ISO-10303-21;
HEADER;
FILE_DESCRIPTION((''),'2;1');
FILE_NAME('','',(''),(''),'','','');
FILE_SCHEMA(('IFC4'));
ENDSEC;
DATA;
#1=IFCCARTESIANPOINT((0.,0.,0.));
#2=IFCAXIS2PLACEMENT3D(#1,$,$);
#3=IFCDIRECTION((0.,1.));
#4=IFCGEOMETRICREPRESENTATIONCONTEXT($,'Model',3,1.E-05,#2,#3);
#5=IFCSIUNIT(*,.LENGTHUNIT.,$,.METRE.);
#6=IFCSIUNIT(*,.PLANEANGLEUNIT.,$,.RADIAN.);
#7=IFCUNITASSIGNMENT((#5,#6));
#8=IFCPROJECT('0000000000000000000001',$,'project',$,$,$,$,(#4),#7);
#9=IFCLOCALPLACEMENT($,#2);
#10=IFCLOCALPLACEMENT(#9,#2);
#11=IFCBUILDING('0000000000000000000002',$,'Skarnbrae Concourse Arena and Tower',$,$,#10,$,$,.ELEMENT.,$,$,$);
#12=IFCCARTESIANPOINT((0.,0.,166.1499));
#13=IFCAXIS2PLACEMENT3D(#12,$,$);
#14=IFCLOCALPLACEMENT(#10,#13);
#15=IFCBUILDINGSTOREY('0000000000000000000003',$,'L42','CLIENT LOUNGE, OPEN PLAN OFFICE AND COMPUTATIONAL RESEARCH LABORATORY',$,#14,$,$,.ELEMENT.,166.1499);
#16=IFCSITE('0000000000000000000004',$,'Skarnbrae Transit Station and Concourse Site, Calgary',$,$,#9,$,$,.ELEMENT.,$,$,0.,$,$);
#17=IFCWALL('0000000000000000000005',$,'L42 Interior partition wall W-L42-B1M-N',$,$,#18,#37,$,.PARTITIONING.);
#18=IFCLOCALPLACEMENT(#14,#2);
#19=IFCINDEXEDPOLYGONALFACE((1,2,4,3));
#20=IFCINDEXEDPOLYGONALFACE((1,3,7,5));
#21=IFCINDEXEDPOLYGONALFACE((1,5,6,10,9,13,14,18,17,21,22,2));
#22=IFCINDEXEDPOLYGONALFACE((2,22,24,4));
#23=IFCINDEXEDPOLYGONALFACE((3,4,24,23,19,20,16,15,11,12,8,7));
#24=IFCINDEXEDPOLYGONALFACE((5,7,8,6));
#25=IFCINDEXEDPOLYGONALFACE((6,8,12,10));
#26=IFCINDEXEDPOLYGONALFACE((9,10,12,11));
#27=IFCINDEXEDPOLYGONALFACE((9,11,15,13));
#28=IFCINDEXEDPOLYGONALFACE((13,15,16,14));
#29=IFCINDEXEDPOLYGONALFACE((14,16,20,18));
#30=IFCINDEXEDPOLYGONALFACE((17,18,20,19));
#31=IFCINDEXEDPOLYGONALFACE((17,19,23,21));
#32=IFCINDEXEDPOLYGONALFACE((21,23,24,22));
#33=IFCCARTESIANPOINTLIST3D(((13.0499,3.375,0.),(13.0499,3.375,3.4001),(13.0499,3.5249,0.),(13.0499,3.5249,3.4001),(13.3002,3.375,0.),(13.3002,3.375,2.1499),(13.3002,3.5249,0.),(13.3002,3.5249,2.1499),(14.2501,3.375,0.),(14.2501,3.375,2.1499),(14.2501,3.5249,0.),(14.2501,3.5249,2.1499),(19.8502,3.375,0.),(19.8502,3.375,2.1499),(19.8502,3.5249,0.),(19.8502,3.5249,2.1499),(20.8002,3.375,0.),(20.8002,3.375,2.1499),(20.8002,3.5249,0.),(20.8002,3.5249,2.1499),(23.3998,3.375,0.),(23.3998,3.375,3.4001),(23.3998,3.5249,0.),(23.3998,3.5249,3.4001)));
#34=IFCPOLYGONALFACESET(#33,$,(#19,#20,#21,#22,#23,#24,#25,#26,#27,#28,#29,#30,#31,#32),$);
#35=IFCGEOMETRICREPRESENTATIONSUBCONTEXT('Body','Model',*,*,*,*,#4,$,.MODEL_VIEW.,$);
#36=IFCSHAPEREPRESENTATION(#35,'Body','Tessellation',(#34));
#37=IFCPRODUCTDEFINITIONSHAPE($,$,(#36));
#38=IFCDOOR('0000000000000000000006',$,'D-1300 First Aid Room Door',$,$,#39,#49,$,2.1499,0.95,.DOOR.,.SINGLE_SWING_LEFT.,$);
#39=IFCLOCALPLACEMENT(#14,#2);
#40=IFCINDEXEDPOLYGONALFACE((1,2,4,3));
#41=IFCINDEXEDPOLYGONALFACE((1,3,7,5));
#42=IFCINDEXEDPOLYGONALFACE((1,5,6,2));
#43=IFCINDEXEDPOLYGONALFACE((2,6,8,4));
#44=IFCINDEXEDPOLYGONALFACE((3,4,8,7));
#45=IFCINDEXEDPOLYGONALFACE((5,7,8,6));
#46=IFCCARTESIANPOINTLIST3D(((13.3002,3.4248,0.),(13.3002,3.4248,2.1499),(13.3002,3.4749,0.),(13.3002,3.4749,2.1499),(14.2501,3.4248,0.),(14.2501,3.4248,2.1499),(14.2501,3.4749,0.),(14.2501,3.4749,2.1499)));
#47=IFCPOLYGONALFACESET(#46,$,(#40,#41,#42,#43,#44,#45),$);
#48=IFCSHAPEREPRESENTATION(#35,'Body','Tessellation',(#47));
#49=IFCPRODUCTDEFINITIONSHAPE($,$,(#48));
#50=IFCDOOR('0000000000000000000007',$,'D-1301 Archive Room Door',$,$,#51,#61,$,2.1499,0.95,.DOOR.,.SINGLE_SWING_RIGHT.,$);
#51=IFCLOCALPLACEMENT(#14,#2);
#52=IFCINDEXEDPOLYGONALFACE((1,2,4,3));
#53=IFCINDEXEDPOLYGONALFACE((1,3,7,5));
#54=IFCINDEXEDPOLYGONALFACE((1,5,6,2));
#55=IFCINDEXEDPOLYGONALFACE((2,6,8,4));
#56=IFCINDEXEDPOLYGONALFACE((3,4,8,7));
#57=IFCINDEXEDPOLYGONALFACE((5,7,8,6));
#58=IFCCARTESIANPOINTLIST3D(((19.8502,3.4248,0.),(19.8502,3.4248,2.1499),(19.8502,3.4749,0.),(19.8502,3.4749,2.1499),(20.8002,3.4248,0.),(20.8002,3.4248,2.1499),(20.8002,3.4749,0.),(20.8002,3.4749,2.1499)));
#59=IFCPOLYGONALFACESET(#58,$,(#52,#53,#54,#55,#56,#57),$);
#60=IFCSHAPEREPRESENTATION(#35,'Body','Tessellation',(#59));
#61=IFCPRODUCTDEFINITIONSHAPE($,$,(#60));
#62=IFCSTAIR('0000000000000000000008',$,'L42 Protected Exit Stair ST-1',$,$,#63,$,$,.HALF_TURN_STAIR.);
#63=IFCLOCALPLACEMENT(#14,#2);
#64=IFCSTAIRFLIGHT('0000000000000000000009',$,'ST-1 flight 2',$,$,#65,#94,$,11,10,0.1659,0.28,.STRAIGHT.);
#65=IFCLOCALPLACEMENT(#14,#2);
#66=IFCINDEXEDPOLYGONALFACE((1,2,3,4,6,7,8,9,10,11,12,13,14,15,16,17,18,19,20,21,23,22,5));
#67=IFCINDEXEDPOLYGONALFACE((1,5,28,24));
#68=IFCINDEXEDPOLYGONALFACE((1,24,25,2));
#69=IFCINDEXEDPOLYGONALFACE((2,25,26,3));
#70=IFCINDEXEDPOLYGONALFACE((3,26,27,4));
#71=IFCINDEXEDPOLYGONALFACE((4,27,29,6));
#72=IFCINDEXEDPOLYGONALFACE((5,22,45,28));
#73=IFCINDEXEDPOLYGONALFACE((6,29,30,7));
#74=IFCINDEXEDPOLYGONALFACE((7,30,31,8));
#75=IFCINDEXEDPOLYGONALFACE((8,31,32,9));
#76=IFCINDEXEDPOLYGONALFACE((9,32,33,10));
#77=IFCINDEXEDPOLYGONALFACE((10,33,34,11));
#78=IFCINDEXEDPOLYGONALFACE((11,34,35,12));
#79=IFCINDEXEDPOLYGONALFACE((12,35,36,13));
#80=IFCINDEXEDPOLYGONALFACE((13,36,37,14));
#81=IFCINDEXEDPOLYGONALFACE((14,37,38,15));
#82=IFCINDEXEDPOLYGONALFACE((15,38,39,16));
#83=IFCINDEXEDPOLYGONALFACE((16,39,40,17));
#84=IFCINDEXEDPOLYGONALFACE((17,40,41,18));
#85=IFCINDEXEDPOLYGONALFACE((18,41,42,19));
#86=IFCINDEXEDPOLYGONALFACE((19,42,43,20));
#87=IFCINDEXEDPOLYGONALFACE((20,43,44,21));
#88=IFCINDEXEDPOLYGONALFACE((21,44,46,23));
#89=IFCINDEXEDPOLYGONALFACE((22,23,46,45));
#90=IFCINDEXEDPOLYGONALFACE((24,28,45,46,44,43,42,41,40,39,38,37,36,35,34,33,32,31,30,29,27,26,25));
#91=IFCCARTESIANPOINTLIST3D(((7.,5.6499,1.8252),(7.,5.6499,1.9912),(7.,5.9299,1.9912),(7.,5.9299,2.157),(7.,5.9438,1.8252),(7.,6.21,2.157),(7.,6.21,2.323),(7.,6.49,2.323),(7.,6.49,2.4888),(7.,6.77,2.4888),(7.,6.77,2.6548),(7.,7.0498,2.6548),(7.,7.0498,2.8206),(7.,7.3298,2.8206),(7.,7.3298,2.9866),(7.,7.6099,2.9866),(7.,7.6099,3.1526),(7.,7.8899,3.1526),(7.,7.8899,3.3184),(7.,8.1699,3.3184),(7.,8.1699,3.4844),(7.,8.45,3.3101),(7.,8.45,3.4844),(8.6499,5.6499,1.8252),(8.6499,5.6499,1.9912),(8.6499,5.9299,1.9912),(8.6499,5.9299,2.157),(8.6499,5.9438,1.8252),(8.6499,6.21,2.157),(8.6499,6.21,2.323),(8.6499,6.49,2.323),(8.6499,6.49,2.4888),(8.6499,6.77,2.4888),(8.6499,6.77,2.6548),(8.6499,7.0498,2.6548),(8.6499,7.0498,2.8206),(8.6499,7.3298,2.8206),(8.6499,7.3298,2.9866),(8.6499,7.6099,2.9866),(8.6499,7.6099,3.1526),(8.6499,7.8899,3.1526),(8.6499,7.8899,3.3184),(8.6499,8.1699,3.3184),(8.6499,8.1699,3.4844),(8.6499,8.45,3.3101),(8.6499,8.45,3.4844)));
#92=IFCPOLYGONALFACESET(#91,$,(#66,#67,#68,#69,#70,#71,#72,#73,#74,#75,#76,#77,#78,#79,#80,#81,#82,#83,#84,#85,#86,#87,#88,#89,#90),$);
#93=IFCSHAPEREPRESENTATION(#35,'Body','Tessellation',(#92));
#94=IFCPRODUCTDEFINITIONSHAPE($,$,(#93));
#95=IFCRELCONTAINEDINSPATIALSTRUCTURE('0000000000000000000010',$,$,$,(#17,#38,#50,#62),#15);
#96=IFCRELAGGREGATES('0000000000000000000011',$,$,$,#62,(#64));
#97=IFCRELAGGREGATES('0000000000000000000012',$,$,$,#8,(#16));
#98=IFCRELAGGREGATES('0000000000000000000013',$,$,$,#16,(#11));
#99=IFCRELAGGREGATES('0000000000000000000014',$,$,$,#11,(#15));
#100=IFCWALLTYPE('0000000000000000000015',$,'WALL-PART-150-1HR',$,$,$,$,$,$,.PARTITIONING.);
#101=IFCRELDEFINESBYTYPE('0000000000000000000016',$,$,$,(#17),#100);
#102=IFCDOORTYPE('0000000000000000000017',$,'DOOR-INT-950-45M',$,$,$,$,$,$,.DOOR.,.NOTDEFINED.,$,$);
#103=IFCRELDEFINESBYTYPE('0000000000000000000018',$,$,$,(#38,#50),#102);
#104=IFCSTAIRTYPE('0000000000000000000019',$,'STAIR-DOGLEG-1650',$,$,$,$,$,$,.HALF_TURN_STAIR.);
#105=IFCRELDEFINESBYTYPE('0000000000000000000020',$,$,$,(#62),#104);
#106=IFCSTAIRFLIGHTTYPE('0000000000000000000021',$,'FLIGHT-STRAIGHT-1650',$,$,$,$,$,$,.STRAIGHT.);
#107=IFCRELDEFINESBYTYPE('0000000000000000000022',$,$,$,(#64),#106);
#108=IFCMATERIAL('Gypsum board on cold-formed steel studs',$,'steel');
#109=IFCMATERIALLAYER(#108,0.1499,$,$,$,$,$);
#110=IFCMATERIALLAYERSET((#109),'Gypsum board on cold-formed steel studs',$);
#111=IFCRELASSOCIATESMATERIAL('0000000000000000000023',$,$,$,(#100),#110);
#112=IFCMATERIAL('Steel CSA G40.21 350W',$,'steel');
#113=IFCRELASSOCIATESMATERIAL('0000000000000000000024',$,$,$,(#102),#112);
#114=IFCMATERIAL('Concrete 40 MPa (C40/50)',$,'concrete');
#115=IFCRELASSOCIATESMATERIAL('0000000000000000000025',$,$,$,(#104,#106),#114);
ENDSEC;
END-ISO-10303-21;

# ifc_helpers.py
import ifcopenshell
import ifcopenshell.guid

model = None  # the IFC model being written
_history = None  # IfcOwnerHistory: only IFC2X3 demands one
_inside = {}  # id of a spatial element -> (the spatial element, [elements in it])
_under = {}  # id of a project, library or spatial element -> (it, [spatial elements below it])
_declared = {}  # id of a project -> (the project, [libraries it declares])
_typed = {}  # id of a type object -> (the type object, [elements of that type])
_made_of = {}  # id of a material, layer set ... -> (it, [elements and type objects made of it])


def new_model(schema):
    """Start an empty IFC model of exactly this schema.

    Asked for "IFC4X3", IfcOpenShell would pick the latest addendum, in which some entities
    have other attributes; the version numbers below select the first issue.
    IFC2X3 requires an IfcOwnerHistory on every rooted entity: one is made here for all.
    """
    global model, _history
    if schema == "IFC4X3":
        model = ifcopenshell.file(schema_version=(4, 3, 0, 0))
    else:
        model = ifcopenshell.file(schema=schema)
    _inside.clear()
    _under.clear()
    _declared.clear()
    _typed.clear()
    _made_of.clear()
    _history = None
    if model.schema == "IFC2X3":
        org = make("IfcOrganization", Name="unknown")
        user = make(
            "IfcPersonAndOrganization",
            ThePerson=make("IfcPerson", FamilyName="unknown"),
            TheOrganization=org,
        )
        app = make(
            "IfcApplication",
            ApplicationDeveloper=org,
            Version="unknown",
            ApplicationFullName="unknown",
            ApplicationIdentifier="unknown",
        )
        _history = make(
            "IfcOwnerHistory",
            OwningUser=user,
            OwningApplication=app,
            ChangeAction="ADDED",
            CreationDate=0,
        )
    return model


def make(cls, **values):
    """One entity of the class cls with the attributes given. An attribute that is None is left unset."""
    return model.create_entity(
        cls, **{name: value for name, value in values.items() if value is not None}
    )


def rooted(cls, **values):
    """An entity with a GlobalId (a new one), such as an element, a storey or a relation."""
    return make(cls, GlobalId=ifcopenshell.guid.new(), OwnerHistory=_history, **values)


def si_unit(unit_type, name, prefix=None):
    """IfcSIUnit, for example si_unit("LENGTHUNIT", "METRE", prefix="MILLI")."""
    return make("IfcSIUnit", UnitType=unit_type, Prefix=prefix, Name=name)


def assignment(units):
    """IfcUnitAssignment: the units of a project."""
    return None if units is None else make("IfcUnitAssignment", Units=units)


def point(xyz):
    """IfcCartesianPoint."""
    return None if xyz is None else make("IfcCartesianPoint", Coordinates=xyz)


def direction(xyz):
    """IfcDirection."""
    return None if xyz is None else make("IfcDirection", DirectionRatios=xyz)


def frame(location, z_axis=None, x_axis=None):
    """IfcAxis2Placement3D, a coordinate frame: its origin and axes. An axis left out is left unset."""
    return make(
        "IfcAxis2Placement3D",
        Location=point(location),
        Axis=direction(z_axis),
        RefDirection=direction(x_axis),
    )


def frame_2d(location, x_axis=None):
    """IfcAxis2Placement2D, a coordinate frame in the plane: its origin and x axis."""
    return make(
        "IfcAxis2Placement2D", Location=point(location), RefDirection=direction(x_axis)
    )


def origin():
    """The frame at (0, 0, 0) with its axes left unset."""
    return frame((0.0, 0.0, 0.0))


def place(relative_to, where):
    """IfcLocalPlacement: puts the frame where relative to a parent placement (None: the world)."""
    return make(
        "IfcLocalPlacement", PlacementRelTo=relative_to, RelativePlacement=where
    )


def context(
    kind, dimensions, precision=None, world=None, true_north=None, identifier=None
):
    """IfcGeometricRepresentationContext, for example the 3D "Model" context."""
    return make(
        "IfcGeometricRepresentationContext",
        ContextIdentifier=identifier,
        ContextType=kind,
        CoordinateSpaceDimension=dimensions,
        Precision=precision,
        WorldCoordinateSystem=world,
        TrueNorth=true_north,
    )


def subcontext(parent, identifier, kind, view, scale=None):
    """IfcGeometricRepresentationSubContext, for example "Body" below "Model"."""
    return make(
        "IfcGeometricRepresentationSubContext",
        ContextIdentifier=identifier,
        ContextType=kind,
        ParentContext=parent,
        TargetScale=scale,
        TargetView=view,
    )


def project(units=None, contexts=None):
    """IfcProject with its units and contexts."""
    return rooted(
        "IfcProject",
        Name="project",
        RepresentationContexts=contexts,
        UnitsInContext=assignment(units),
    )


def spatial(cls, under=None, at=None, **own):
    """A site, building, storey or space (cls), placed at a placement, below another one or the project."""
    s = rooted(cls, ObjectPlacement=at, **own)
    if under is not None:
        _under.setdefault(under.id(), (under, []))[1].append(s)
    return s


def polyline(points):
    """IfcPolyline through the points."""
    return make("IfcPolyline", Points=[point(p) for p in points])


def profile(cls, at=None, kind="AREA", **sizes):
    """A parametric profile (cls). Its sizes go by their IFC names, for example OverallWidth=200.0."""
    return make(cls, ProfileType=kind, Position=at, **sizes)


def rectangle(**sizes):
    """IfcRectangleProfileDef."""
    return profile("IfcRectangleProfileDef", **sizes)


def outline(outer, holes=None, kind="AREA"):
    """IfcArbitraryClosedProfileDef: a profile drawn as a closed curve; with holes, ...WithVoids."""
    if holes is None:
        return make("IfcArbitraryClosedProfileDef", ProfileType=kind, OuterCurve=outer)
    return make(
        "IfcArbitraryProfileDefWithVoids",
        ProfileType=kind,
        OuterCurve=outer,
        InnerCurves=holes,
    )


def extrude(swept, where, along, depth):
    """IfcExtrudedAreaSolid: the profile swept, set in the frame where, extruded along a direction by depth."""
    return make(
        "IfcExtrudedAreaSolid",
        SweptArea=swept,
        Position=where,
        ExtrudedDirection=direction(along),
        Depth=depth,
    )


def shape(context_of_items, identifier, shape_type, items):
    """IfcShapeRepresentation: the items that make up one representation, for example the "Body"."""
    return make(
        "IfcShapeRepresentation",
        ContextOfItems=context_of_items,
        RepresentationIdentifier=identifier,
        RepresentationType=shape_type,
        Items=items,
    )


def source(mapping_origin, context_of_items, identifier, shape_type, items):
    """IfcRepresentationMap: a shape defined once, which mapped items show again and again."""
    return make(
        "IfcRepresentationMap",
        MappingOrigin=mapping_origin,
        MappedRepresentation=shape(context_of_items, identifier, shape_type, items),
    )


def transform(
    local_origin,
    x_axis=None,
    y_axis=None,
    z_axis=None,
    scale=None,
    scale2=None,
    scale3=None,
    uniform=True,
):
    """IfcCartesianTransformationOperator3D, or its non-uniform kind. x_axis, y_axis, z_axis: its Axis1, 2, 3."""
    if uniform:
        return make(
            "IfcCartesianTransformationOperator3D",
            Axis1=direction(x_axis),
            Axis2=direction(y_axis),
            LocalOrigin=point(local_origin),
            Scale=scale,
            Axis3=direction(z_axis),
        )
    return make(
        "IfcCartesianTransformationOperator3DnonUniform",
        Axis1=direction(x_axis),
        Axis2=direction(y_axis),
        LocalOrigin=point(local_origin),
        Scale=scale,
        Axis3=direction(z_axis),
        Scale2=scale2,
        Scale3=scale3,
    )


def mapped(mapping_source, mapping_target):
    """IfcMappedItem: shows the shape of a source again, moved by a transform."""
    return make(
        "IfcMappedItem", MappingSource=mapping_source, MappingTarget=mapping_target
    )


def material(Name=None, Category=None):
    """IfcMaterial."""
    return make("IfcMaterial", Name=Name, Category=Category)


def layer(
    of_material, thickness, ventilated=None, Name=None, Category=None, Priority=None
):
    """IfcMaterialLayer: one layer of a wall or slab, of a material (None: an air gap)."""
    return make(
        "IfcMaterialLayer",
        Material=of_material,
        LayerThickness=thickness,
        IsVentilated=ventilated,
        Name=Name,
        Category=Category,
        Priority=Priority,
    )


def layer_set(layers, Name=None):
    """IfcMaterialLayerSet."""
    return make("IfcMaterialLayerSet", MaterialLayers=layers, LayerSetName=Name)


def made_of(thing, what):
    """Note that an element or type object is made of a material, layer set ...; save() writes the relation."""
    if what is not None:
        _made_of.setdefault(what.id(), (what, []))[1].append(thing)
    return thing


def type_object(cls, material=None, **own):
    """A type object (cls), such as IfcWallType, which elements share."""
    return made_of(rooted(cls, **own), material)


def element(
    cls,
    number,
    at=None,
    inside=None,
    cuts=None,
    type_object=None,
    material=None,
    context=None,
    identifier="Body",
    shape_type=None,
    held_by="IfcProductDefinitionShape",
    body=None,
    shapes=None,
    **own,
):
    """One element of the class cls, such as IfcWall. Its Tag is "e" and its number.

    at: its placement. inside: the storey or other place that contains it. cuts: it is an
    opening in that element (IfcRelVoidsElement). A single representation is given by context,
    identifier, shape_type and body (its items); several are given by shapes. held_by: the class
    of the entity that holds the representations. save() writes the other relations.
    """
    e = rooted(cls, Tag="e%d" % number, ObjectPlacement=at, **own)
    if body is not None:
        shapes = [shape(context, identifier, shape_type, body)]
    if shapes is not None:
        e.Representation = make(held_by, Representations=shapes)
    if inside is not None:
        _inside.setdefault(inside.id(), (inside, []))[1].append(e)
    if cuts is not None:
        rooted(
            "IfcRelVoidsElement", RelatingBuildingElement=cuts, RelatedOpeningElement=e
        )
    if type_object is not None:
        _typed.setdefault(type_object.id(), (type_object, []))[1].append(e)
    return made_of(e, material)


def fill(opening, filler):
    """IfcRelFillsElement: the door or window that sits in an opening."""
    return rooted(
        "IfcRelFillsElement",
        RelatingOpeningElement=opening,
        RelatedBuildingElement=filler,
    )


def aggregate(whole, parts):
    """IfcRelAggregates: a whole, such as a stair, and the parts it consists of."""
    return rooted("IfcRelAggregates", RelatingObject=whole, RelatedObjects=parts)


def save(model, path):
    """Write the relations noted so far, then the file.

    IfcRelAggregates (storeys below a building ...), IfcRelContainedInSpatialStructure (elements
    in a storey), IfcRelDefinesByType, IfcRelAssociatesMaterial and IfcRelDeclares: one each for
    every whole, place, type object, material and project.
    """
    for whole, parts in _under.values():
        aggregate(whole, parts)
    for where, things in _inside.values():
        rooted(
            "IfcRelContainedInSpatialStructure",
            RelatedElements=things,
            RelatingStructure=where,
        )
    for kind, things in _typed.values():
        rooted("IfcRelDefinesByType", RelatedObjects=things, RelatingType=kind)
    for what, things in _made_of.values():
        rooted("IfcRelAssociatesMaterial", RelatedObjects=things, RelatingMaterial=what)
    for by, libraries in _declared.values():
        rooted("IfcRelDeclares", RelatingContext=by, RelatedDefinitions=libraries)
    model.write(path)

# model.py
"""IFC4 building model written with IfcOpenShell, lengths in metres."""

from ifc_helpers import new_model, si_unit, direction, frame, frame_2d, origin, place, context, subcontext, project, spatial, polyline, rectangle, outline, extrude, source, transform, mapped, material, layer, layer_set, type_object, element, fill, aggregate, save


model = new_model("IFC4")

# Units and contexts
model_context = context("Model", 3, precision=1e-05, world=origin(), true_north=direction((0.0, 1.0)))
body_context = subcontext(model_context, "Body", "Model", "MODEL_VIEW")
ifc_project = project(units=[si_unit("LENGTHUNIT", "METRE"), si_unit("PLANEANGLEUNIT", "RADIAN")], contexts=[model_context])

# Site, building, storey
site_placement = place(None, origin())
site = spatial("IfcSite", under=ifc_project, at=site_placement, Name="Skarnbrae Transit Station and Concourse Site, Calgary", CompositionType="ELEMENT", RefElevation=0.0)
building_placement = place(site_placement, origin())
building = spatial("IfcBuilding", under=site, at=building_placement, Name="Skarnbrae Concourse Arena and Tower", CompositionType="ELEMENT")
storey_placement = place(building_placement, frame((0.0, 0.0, 166.1499)))
storey = spatial("IfcBuildingStorey", under=building, at=storey_placement, Name="L42", Description="CLIENT LOUNGE, OPEN PLAN OFFICE AND COMPUTATIONAL RESEARCH LABORATORY", CompositionType="ELEMENT", Elevation=166.1499)

# Shared definitions
ifc_material_1 = material(Name="Gypsum board on cold-formed steel studs", Category="steel")
ifc_material_2 = material(Name="Steel CSA G40.21 350W", Category="steel")

# Shared definitions
ifc_layer_1 = layer(ifc_material_1, 0.1499)
ifc_layer_set_1 = layer_set([ifc_layer_1], Name="Gypsum board on cold-formed steel studs")
wall_type_1 = type_object("IfcWallType", Name="WALL-PART-150-1HR", PredefinedType="PARTITIONING", material=ifc_layer_set_1)

# Wall, openings, doors
shared_shape_1 = source(origin(), body_context, "Body", "SweptSolid", [
    extrude(rectangle(XDim=10.3499, YDim=0.1499, at=frame_2d((5.1748, 0.0))), origin(), (0.0, 0.0, 1.0), 3.4001),
])
wall_1_placement = place(storey_placement, frame((13.05, 3.45, 0.0), z_axis=(0.0, 0.0, 1.0), x_axis=(1.0, 0.0, 0.0)))
wall_1 = element("IfcWall", 1, at=wall_1_placement, inside=storey, type_object=wall_type_1, Name="L42 Interior partition wall W-L42-B1M-N", PredefinedType="PARTITIONING", context=body_context, shape_type="MappedRepresentation", body=[
    mapped(shared_shape_1, transform((0.0, 0.0, 0.0))),
])
opening_1_placement = place(wall_1_placement, frame((0.25, 0.0, 0.0)))
opening_1 = element("IfcOpeningElement", 2, at=opening_1_placement, cuts=wall_1, PredefinedType="OPENING", context=body_context, shape_type="SweptSolid", body=[
    extrude(rectangle(XDim=0.95, YDim=2.1499, at=frame_2d((0.4751, 1.075))), frame((0.0, 0.085, 0.0), z_axis=(0.0, -1.0, 0.0), x_axis=(1.0, 0.0, 0.0)), (0.0, 0.0, 1.0), 0.1699),
])
opening_2_placement = place(wall_1_placement, frame((6.8, 0.0, 0.0)))
opening_2 = element("IfcOpeningElement", 3, at=opening_2_placement, cuts=wall_1, PredefinedType="OPENING", context=body_context, shape_type="SweptSolid", body=[
    extrude(rectangle(XDim=0.95, YDim=2.1499, at=frame_2d((0.4751, 1.075))), frame((0.0, 0.085, 0.0), z_axis=(0.0, -1.0, 0.0), x_axis=(1.0, 0.0, 0.0)), (0.0, 0.0, 1.0), 0.1699),
])
door_type_1 = type_object("IfcDoorType", Name="DOOR-INT-950-45M", OperationType="NOTDEFINED", PredefinedType="DOOR", material=ifc_material_2)
shared_shape_2 = source(origin(), body_context, "Body", "SweptSolid", [
    extrude(rectangle(XDim=0.95, YDim=2.1499, at=frame_2d((0.4751, 1.075))), frame((0.0, 0.0249, 0.0), z_axis=(0.0, -1.0, 0.0), x_axis=(1.0, 0.0, 0.0)), (0.0, 0.0, 1.0), 0.05),
])
door_1_placement = place(opening_1_placement, origin())
door_1 = element("IfcDoor", 4, at=door_1_placement, inside=storey, type_object=door_type_1, Name="D-1300 First Aid Room Door", OperationType="SINGLE_SWING_LEFT", OverallHeight=2.1499, OverallWidth=0.95, PredefinedType="DOOR", context=body_context, shape_type="MappedRepresentation", body=[
    mapped(shared_shape_2, transform((0.0, 0.0, 0.0))),
])
fill(opening_1, door_1)
door_2_placement = place(opening_2_placement, origin())
door_2 = element("IfcDoor", 5, at=door_2_placement, inside=storey, type_object=door_type_1, Name="D-1301 Archive Room Door", OperationType="SINGLE_SWING_RIGHT", OverallHeight=2.1499, OverallWidth=0.95, PredefinedType="DOOR", context=body_context, shape_type="MappedRepresentation", body=[
    mapped(shared_shape_2, transform((0.0, 0.0, 0.0))),
])
fill(opening_2, door_2)

# Stair, stair flight
ifc_material_3 = material(Name="Concrete 40 MPa (C40/50)", Category="concrete")
stair_type = type_object("IfcStairType", Name="STAIR-DOGLEG-1650", PredefinedType="HALF_TURN_STAIR", material=ifc_material_3)
stair_placement = place(storey_placement, origin())
stair = element("IfcStair", 6, at=stair_placement, inside=storey, type_object=stair_type, Name="L42 Protected Exit Stair ST-1", PredefinedType="HALF_TURN_STAIR")
stair_flight_type = type_object("IfcStairFlightType", Name="FLIGHT-STRAIGHT-1650", PredefinedType="STRAIGHT", material=ifc_material_3)
shared_shape_3 = source(origin(), body_context, "Body", "SweptSolid", [
    extrude(outline(polyline([(0.0, 0.0), (0.0, 0.166), (0.28, 0.166), (0.28, 0.3318), (0.5601, 0.3318), (0.5601, 0.4978), (0.8401, 0.4978), (0.8401, 0.6636), (1.1201, 0.6636), (1.1201, 0.8296), (1.3999, 0.8296), (1.3999, 0.9954), (1.6799, 0.9954), (1.6799, 1.1614), (1.96, 1.1614), (1.96, 1.3274), (2.24, 1.3274), (2.24, 1.4932), (2.52, 1.4932), (2.52, 1.6592), (2.8, 1.6592), (2.8, 1.825), (2.8, 1.4849), (0.2939, 0.0), (0.0, 0.0)])), frame((0.0, 0.825, 0.0), z_axis=(0.0, -1.0, 0.0), x_axis=(1.0, 0.0, 0.0)), (0.0, 0.0, 1.0), 1.6499),
])
stair_flight_placement = place(storey_placement, frame((7.825, 5.6499, 1.8252), z_axis=(0.0, 0.0, 1.0), x_axis=(0.0, 1.0, 0.0)))
stair_flight = element("IfcStairFlight", 7, at=stair_flight_placement, type_object=stair_flight_type, Name="ST-1 flight 2", NumberOfRisers=11, NumberOfTreads=10, PredefinedType="STRAIGHT", RiserHeight=0.1659, TreadLength=0.28, context=body_context, shape_type="MappedRepresentation", body=[
    mapped(shared_shape_3, transform((0.0, 0.0, 0.0))),
])
aggregate(stair, [stair_flight])

save(model, "model.ifc")
